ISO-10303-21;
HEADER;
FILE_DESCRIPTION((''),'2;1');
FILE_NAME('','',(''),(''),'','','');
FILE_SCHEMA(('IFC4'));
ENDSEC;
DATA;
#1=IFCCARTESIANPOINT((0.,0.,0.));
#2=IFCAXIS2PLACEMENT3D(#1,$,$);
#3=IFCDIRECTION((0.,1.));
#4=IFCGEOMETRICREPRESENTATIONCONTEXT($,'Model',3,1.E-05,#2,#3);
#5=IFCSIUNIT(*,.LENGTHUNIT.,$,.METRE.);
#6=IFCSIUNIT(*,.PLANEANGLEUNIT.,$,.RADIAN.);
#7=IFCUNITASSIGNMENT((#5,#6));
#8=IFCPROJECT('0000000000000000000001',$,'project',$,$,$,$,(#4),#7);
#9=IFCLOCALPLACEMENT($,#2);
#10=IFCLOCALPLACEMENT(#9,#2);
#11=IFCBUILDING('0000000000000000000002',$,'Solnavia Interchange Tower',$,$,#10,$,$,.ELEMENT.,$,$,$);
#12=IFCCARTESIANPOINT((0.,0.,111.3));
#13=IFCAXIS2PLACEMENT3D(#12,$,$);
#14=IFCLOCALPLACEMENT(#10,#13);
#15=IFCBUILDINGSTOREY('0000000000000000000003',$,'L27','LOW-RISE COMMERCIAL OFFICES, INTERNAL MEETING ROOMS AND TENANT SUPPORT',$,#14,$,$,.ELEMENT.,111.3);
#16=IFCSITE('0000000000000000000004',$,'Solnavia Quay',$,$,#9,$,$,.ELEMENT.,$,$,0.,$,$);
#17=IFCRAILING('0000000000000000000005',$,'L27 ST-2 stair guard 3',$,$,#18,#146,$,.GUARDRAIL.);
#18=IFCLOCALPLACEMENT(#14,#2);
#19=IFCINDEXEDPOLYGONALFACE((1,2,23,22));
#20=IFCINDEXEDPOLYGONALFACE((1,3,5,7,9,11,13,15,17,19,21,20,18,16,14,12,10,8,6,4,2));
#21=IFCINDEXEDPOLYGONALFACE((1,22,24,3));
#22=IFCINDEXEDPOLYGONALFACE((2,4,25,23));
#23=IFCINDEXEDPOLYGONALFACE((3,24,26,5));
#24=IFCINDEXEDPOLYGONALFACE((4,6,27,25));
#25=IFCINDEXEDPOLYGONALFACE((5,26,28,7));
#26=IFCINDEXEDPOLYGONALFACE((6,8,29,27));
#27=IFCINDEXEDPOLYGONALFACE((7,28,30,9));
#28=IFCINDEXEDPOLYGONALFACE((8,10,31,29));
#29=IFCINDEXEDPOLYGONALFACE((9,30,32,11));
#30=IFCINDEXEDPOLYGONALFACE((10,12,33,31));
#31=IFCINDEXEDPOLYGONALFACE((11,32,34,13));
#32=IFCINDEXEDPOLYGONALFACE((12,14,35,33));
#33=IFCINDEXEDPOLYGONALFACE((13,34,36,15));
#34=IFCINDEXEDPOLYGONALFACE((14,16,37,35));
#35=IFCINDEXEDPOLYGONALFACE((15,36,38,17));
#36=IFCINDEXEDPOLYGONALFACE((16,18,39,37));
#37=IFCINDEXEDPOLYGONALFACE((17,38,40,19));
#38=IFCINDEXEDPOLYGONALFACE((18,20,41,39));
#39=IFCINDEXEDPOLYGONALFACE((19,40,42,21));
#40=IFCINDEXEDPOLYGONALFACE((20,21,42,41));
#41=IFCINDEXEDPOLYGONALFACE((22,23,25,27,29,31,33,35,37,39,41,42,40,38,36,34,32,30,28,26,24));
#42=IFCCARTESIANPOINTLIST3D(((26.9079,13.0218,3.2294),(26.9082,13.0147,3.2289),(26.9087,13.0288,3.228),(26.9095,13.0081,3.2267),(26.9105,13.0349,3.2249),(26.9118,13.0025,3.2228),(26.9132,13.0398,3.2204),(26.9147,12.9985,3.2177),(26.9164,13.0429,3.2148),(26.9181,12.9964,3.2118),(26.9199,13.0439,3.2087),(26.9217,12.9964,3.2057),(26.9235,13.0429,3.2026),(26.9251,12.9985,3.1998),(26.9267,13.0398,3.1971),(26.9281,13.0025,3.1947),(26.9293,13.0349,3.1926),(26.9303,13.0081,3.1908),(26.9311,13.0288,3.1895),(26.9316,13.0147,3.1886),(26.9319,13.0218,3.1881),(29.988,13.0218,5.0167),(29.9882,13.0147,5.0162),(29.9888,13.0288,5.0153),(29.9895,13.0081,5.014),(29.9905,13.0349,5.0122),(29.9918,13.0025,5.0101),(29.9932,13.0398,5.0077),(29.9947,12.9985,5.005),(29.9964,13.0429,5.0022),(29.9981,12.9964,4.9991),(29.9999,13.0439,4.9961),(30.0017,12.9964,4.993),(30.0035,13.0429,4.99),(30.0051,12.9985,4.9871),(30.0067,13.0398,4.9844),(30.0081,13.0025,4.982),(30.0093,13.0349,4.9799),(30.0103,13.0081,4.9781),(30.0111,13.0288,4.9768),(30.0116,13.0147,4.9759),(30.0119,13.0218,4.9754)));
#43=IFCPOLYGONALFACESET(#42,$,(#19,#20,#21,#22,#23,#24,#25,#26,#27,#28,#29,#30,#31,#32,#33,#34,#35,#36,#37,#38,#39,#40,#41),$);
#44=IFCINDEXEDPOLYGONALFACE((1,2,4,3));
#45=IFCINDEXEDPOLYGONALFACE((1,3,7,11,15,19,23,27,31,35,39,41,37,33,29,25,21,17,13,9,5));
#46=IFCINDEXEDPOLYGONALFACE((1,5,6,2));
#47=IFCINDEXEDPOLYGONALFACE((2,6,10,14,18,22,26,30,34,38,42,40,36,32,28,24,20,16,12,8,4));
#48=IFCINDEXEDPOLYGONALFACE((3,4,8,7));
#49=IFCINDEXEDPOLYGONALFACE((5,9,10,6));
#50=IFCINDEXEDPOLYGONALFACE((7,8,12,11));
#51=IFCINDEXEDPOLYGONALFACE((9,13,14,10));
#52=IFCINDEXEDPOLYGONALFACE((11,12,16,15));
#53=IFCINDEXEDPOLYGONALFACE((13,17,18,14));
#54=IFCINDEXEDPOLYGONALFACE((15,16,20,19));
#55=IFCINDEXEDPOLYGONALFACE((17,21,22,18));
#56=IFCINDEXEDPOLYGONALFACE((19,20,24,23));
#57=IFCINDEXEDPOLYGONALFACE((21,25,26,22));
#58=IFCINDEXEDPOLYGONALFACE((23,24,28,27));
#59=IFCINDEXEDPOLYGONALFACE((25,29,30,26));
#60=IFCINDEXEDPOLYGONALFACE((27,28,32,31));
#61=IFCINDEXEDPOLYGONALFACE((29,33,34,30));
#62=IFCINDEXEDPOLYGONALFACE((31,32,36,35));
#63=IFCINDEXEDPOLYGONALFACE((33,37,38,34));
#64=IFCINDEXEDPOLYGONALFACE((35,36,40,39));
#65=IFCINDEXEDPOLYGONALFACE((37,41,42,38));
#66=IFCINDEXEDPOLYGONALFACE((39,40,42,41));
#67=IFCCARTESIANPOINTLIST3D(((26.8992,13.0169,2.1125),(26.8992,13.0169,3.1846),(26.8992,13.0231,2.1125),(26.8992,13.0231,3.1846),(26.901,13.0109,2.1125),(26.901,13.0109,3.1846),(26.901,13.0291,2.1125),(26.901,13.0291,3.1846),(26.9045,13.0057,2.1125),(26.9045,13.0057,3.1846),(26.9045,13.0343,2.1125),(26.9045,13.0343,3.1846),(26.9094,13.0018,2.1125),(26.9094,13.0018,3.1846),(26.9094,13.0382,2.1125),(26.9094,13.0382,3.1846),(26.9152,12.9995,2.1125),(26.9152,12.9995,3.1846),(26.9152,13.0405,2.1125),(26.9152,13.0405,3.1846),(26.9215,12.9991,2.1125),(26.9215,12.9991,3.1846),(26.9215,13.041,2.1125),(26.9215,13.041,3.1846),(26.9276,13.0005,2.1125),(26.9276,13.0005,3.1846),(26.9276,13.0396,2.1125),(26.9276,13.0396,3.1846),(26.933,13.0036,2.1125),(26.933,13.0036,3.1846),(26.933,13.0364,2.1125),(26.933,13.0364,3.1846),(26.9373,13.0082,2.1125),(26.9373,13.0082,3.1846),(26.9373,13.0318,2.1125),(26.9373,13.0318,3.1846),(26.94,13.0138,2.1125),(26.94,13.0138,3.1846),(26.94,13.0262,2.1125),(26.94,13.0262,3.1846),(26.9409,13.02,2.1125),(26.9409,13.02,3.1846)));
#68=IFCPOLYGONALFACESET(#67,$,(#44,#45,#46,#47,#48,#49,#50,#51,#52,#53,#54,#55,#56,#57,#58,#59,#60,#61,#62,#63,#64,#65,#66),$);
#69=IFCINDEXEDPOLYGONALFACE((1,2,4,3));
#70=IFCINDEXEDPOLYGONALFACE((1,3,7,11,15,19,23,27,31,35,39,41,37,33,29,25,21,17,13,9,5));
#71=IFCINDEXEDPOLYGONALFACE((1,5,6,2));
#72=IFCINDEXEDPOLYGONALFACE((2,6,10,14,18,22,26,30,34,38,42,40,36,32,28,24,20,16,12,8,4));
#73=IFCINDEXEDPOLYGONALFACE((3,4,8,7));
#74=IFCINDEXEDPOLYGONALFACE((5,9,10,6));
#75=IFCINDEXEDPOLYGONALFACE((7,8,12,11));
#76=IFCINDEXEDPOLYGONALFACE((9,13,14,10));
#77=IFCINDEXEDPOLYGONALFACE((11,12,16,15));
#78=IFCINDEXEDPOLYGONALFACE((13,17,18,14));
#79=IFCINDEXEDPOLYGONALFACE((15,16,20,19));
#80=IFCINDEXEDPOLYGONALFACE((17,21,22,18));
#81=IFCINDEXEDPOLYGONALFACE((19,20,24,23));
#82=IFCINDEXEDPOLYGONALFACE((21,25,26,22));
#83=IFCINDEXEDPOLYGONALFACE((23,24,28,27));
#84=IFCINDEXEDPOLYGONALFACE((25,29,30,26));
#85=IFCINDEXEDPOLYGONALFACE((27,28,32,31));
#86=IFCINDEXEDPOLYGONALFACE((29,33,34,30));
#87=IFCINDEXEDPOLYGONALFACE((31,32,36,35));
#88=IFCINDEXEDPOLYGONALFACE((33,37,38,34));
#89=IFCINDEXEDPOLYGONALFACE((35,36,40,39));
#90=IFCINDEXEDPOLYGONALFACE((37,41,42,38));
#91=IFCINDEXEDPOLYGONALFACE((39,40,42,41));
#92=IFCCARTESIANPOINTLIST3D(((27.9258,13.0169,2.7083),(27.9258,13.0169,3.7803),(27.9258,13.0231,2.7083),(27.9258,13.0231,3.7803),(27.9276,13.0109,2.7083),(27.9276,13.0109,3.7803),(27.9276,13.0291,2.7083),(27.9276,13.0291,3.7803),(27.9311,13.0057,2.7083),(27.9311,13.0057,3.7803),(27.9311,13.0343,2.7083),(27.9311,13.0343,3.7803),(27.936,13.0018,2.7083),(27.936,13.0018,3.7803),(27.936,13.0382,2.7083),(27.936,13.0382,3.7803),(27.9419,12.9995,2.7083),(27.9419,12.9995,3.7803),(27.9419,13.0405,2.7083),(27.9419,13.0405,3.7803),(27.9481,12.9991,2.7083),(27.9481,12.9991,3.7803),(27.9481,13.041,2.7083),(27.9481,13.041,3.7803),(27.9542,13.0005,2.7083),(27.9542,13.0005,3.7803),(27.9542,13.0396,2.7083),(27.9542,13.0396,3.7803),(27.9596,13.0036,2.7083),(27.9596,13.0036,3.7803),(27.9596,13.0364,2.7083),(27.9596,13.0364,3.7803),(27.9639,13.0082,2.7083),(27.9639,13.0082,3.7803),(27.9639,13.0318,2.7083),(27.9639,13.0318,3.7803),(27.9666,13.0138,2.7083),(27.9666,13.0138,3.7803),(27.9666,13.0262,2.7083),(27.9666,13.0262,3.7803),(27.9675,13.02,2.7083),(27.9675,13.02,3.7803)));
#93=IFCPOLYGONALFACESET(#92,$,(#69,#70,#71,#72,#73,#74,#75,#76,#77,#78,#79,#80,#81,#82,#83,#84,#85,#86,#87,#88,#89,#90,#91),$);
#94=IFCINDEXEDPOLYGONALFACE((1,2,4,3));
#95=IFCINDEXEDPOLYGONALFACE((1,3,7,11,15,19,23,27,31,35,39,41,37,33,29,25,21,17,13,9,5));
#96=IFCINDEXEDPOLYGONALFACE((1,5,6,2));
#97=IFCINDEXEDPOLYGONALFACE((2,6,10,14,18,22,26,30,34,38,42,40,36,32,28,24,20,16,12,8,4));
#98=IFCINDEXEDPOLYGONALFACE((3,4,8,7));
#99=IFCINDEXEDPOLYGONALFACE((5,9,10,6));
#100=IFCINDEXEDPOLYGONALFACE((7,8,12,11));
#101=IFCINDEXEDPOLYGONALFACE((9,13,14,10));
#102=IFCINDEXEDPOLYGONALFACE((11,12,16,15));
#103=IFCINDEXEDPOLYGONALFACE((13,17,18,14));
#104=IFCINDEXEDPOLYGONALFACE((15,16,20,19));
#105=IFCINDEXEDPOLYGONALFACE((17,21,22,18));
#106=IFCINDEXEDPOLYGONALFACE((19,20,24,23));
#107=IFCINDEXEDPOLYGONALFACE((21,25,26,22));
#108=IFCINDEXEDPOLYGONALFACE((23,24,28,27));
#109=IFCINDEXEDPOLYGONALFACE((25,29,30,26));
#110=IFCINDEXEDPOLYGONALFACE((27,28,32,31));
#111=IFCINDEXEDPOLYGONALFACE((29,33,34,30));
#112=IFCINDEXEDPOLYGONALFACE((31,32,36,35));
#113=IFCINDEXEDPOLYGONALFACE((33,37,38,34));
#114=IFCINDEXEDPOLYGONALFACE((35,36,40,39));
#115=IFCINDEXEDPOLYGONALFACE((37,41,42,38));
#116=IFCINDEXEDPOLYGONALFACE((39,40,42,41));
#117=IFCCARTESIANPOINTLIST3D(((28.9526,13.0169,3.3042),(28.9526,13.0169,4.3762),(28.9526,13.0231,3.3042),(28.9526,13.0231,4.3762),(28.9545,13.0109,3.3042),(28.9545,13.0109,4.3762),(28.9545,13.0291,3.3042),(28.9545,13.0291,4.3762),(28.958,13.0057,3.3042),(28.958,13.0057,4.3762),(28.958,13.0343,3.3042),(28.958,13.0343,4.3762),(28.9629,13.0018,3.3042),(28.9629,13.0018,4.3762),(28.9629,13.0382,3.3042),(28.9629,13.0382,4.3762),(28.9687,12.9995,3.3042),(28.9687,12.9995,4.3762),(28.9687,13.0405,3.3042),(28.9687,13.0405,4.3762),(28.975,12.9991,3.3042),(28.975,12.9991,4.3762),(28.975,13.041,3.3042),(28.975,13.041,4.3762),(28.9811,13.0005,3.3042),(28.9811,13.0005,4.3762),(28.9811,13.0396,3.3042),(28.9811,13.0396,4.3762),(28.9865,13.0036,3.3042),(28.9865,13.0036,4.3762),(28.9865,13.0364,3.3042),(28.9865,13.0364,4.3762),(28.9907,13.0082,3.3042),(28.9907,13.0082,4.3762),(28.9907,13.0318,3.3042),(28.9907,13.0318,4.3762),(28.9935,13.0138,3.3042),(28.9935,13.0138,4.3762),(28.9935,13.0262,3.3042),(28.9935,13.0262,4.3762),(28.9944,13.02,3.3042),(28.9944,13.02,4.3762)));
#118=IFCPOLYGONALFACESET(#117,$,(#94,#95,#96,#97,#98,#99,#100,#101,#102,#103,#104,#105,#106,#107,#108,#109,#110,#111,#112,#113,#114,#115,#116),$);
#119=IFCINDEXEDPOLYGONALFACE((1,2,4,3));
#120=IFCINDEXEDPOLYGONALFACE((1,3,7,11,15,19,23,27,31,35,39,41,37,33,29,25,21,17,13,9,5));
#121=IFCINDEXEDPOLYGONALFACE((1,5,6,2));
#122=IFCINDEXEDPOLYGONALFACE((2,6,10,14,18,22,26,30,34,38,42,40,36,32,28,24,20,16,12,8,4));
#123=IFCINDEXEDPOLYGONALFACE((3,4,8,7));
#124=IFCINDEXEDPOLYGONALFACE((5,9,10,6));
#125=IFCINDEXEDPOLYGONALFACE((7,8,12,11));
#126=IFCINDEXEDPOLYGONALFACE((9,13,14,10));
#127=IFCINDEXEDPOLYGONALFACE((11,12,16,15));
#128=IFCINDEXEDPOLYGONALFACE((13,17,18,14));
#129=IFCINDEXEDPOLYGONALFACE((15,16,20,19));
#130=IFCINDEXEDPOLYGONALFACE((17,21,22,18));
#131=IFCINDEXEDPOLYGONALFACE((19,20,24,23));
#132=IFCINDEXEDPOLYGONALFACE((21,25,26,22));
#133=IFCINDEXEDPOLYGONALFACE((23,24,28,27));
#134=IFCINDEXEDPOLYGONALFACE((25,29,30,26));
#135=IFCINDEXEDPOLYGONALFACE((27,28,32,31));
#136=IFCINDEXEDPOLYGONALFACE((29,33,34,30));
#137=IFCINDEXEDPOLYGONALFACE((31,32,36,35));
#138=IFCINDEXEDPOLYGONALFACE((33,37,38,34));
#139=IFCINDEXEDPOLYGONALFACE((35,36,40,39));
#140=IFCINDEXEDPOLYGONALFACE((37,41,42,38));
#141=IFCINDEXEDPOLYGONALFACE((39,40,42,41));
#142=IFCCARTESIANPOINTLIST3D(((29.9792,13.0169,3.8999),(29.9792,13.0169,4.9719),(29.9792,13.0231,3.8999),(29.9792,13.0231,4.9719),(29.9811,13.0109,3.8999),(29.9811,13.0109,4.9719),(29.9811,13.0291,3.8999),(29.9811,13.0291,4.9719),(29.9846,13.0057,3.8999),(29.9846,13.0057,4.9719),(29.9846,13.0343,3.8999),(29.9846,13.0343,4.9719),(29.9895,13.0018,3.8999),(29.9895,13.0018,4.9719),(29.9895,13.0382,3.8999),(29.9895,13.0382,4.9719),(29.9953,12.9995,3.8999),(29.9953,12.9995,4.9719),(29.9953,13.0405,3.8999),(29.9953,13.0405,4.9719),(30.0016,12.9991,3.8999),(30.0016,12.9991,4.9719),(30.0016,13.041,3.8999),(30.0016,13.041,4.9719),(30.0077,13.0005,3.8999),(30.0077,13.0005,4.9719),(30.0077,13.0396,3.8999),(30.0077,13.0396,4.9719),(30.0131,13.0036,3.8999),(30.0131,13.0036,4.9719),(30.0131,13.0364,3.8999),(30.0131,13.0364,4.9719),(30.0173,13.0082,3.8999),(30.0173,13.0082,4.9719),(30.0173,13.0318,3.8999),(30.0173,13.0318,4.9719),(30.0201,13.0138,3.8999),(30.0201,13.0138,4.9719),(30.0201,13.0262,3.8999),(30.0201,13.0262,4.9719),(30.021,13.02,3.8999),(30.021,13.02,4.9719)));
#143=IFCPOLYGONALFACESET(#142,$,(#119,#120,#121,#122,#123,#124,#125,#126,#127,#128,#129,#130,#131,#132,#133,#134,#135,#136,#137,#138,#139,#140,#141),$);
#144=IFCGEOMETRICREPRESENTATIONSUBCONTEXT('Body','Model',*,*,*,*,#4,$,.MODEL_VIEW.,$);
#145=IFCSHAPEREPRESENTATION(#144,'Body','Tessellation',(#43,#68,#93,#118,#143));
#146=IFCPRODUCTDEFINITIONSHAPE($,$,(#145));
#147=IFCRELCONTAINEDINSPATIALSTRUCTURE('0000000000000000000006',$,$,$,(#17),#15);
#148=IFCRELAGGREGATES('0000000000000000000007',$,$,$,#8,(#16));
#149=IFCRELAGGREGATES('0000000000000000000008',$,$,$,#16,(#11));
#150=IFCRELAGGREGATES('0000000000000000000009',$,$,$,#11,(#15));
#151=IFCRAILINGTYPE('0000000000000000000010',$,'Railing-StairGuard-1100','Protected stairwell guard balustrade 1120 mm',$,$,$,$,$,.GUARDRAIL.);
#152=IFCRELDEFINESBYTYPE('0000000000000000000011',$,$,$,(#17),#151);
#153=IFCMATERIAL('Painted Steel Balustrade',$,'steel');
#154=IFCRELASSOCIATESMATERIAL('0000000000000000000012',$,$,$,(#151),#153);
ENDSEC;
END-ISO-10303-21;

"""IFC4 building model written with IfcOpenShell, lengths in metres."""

from ifc_helpers import new_model, si_unit, direction, frame, origin, origin_2d, place, context, subcontext, project, spatial, circle, extrude, material, type_object, element, save


model = new_model("IFC4")

# Units and contexts
model_context = context("Model", 3, precision=1e-05, world=origin(), true_north=direction((0.0, 1.0)))
body_context = subcontext(model_context, "Body", "Model", "MODEL_VIEW")
ifc_project = project(units=[si_unit("LENGTHUNIT", "METRE"), si_unit("PLANEANGLEUNIT", "RADIAN")], contexts=[model_context])

# Site, building, storey
site_placement = place(None, origin())
site = spatial("IfcSite", under=ifc_project, at=site_placement, Name="Solnavia Quay", CompositionType="ELEMENT", RefElevation=0.0)
building_placement = place(site_placement, origin())
building = spatial("IfcBuilding", under=site, at=building_placement, Name="Solnavia Interchange Tower", CompositionType="ELEMENT")
storey_placement = place(building_placement, frame((0.0, 0.0, 111.3)))
storey = spatial("IfcBuildingStorey", under=building, at=storey_placement, Name="L27", Description="LOW-RISE COMMERCIAL OFFICES, INTERNAL MEETING ROOMS AND TENANT SUPPORT", CompositionType="ELEMENT", Elevation=111.3)

# Railing
ifc_material_1 = material(Name="Painted Steel Balustrade", Category="steel")
railing_type_1 = type_object("IfcRailingType", Name="Railing-StairGuard-1100", Description="Protected stairwell guard balustrade 1120 mm", PredefinedType="GUARDRAIL", material=ifc_material_1)
railing_1_placement = place(storey_placement, frame((26.9199, 13.02, 2.1125)))
element("IfcRailing", 1, at=railing_1_placement, inside=storey, type_object=railing_type_1, Name="L27 ST-2 stair guard 3", PredefinedType="GUARDRAIL", context=body_context, shape_type="SweptSolid", body=[
    extrude(circle(Radius=0.0239, at=origin_2d()), frame((0.0, 0.0, 1.0962), z_axis=(0.86492, 0.0, 0.501909), x_axis=(0.0, 1.0, 0.0)), (0.0, 0.0, 1.0), 3.561),
    extrude(circle(Radius=0.021, at=origin_2d()), origin(), (0.0, 0.0, 1.0), 1.072),
    extrude(circle(Radius=0.021, at=origin_2d()), frame((1.0266, 0.0, 0.5957)), (0.0, 0.0, 1.0), 1.072),
    extrude(circle(Radius=0.021, at=origin_2d()), frame((2.0535, 0.0, 1.1917)), (0.0, 0.0, 1.0), 1.072),
    extrude(circle(Radius=0.021, at=origin_2d()), frame((3.0801, 0.0, 1.7874)), (0.0, 0.0, 1.0), 1.072),
])

save(model, "model.ifc")
